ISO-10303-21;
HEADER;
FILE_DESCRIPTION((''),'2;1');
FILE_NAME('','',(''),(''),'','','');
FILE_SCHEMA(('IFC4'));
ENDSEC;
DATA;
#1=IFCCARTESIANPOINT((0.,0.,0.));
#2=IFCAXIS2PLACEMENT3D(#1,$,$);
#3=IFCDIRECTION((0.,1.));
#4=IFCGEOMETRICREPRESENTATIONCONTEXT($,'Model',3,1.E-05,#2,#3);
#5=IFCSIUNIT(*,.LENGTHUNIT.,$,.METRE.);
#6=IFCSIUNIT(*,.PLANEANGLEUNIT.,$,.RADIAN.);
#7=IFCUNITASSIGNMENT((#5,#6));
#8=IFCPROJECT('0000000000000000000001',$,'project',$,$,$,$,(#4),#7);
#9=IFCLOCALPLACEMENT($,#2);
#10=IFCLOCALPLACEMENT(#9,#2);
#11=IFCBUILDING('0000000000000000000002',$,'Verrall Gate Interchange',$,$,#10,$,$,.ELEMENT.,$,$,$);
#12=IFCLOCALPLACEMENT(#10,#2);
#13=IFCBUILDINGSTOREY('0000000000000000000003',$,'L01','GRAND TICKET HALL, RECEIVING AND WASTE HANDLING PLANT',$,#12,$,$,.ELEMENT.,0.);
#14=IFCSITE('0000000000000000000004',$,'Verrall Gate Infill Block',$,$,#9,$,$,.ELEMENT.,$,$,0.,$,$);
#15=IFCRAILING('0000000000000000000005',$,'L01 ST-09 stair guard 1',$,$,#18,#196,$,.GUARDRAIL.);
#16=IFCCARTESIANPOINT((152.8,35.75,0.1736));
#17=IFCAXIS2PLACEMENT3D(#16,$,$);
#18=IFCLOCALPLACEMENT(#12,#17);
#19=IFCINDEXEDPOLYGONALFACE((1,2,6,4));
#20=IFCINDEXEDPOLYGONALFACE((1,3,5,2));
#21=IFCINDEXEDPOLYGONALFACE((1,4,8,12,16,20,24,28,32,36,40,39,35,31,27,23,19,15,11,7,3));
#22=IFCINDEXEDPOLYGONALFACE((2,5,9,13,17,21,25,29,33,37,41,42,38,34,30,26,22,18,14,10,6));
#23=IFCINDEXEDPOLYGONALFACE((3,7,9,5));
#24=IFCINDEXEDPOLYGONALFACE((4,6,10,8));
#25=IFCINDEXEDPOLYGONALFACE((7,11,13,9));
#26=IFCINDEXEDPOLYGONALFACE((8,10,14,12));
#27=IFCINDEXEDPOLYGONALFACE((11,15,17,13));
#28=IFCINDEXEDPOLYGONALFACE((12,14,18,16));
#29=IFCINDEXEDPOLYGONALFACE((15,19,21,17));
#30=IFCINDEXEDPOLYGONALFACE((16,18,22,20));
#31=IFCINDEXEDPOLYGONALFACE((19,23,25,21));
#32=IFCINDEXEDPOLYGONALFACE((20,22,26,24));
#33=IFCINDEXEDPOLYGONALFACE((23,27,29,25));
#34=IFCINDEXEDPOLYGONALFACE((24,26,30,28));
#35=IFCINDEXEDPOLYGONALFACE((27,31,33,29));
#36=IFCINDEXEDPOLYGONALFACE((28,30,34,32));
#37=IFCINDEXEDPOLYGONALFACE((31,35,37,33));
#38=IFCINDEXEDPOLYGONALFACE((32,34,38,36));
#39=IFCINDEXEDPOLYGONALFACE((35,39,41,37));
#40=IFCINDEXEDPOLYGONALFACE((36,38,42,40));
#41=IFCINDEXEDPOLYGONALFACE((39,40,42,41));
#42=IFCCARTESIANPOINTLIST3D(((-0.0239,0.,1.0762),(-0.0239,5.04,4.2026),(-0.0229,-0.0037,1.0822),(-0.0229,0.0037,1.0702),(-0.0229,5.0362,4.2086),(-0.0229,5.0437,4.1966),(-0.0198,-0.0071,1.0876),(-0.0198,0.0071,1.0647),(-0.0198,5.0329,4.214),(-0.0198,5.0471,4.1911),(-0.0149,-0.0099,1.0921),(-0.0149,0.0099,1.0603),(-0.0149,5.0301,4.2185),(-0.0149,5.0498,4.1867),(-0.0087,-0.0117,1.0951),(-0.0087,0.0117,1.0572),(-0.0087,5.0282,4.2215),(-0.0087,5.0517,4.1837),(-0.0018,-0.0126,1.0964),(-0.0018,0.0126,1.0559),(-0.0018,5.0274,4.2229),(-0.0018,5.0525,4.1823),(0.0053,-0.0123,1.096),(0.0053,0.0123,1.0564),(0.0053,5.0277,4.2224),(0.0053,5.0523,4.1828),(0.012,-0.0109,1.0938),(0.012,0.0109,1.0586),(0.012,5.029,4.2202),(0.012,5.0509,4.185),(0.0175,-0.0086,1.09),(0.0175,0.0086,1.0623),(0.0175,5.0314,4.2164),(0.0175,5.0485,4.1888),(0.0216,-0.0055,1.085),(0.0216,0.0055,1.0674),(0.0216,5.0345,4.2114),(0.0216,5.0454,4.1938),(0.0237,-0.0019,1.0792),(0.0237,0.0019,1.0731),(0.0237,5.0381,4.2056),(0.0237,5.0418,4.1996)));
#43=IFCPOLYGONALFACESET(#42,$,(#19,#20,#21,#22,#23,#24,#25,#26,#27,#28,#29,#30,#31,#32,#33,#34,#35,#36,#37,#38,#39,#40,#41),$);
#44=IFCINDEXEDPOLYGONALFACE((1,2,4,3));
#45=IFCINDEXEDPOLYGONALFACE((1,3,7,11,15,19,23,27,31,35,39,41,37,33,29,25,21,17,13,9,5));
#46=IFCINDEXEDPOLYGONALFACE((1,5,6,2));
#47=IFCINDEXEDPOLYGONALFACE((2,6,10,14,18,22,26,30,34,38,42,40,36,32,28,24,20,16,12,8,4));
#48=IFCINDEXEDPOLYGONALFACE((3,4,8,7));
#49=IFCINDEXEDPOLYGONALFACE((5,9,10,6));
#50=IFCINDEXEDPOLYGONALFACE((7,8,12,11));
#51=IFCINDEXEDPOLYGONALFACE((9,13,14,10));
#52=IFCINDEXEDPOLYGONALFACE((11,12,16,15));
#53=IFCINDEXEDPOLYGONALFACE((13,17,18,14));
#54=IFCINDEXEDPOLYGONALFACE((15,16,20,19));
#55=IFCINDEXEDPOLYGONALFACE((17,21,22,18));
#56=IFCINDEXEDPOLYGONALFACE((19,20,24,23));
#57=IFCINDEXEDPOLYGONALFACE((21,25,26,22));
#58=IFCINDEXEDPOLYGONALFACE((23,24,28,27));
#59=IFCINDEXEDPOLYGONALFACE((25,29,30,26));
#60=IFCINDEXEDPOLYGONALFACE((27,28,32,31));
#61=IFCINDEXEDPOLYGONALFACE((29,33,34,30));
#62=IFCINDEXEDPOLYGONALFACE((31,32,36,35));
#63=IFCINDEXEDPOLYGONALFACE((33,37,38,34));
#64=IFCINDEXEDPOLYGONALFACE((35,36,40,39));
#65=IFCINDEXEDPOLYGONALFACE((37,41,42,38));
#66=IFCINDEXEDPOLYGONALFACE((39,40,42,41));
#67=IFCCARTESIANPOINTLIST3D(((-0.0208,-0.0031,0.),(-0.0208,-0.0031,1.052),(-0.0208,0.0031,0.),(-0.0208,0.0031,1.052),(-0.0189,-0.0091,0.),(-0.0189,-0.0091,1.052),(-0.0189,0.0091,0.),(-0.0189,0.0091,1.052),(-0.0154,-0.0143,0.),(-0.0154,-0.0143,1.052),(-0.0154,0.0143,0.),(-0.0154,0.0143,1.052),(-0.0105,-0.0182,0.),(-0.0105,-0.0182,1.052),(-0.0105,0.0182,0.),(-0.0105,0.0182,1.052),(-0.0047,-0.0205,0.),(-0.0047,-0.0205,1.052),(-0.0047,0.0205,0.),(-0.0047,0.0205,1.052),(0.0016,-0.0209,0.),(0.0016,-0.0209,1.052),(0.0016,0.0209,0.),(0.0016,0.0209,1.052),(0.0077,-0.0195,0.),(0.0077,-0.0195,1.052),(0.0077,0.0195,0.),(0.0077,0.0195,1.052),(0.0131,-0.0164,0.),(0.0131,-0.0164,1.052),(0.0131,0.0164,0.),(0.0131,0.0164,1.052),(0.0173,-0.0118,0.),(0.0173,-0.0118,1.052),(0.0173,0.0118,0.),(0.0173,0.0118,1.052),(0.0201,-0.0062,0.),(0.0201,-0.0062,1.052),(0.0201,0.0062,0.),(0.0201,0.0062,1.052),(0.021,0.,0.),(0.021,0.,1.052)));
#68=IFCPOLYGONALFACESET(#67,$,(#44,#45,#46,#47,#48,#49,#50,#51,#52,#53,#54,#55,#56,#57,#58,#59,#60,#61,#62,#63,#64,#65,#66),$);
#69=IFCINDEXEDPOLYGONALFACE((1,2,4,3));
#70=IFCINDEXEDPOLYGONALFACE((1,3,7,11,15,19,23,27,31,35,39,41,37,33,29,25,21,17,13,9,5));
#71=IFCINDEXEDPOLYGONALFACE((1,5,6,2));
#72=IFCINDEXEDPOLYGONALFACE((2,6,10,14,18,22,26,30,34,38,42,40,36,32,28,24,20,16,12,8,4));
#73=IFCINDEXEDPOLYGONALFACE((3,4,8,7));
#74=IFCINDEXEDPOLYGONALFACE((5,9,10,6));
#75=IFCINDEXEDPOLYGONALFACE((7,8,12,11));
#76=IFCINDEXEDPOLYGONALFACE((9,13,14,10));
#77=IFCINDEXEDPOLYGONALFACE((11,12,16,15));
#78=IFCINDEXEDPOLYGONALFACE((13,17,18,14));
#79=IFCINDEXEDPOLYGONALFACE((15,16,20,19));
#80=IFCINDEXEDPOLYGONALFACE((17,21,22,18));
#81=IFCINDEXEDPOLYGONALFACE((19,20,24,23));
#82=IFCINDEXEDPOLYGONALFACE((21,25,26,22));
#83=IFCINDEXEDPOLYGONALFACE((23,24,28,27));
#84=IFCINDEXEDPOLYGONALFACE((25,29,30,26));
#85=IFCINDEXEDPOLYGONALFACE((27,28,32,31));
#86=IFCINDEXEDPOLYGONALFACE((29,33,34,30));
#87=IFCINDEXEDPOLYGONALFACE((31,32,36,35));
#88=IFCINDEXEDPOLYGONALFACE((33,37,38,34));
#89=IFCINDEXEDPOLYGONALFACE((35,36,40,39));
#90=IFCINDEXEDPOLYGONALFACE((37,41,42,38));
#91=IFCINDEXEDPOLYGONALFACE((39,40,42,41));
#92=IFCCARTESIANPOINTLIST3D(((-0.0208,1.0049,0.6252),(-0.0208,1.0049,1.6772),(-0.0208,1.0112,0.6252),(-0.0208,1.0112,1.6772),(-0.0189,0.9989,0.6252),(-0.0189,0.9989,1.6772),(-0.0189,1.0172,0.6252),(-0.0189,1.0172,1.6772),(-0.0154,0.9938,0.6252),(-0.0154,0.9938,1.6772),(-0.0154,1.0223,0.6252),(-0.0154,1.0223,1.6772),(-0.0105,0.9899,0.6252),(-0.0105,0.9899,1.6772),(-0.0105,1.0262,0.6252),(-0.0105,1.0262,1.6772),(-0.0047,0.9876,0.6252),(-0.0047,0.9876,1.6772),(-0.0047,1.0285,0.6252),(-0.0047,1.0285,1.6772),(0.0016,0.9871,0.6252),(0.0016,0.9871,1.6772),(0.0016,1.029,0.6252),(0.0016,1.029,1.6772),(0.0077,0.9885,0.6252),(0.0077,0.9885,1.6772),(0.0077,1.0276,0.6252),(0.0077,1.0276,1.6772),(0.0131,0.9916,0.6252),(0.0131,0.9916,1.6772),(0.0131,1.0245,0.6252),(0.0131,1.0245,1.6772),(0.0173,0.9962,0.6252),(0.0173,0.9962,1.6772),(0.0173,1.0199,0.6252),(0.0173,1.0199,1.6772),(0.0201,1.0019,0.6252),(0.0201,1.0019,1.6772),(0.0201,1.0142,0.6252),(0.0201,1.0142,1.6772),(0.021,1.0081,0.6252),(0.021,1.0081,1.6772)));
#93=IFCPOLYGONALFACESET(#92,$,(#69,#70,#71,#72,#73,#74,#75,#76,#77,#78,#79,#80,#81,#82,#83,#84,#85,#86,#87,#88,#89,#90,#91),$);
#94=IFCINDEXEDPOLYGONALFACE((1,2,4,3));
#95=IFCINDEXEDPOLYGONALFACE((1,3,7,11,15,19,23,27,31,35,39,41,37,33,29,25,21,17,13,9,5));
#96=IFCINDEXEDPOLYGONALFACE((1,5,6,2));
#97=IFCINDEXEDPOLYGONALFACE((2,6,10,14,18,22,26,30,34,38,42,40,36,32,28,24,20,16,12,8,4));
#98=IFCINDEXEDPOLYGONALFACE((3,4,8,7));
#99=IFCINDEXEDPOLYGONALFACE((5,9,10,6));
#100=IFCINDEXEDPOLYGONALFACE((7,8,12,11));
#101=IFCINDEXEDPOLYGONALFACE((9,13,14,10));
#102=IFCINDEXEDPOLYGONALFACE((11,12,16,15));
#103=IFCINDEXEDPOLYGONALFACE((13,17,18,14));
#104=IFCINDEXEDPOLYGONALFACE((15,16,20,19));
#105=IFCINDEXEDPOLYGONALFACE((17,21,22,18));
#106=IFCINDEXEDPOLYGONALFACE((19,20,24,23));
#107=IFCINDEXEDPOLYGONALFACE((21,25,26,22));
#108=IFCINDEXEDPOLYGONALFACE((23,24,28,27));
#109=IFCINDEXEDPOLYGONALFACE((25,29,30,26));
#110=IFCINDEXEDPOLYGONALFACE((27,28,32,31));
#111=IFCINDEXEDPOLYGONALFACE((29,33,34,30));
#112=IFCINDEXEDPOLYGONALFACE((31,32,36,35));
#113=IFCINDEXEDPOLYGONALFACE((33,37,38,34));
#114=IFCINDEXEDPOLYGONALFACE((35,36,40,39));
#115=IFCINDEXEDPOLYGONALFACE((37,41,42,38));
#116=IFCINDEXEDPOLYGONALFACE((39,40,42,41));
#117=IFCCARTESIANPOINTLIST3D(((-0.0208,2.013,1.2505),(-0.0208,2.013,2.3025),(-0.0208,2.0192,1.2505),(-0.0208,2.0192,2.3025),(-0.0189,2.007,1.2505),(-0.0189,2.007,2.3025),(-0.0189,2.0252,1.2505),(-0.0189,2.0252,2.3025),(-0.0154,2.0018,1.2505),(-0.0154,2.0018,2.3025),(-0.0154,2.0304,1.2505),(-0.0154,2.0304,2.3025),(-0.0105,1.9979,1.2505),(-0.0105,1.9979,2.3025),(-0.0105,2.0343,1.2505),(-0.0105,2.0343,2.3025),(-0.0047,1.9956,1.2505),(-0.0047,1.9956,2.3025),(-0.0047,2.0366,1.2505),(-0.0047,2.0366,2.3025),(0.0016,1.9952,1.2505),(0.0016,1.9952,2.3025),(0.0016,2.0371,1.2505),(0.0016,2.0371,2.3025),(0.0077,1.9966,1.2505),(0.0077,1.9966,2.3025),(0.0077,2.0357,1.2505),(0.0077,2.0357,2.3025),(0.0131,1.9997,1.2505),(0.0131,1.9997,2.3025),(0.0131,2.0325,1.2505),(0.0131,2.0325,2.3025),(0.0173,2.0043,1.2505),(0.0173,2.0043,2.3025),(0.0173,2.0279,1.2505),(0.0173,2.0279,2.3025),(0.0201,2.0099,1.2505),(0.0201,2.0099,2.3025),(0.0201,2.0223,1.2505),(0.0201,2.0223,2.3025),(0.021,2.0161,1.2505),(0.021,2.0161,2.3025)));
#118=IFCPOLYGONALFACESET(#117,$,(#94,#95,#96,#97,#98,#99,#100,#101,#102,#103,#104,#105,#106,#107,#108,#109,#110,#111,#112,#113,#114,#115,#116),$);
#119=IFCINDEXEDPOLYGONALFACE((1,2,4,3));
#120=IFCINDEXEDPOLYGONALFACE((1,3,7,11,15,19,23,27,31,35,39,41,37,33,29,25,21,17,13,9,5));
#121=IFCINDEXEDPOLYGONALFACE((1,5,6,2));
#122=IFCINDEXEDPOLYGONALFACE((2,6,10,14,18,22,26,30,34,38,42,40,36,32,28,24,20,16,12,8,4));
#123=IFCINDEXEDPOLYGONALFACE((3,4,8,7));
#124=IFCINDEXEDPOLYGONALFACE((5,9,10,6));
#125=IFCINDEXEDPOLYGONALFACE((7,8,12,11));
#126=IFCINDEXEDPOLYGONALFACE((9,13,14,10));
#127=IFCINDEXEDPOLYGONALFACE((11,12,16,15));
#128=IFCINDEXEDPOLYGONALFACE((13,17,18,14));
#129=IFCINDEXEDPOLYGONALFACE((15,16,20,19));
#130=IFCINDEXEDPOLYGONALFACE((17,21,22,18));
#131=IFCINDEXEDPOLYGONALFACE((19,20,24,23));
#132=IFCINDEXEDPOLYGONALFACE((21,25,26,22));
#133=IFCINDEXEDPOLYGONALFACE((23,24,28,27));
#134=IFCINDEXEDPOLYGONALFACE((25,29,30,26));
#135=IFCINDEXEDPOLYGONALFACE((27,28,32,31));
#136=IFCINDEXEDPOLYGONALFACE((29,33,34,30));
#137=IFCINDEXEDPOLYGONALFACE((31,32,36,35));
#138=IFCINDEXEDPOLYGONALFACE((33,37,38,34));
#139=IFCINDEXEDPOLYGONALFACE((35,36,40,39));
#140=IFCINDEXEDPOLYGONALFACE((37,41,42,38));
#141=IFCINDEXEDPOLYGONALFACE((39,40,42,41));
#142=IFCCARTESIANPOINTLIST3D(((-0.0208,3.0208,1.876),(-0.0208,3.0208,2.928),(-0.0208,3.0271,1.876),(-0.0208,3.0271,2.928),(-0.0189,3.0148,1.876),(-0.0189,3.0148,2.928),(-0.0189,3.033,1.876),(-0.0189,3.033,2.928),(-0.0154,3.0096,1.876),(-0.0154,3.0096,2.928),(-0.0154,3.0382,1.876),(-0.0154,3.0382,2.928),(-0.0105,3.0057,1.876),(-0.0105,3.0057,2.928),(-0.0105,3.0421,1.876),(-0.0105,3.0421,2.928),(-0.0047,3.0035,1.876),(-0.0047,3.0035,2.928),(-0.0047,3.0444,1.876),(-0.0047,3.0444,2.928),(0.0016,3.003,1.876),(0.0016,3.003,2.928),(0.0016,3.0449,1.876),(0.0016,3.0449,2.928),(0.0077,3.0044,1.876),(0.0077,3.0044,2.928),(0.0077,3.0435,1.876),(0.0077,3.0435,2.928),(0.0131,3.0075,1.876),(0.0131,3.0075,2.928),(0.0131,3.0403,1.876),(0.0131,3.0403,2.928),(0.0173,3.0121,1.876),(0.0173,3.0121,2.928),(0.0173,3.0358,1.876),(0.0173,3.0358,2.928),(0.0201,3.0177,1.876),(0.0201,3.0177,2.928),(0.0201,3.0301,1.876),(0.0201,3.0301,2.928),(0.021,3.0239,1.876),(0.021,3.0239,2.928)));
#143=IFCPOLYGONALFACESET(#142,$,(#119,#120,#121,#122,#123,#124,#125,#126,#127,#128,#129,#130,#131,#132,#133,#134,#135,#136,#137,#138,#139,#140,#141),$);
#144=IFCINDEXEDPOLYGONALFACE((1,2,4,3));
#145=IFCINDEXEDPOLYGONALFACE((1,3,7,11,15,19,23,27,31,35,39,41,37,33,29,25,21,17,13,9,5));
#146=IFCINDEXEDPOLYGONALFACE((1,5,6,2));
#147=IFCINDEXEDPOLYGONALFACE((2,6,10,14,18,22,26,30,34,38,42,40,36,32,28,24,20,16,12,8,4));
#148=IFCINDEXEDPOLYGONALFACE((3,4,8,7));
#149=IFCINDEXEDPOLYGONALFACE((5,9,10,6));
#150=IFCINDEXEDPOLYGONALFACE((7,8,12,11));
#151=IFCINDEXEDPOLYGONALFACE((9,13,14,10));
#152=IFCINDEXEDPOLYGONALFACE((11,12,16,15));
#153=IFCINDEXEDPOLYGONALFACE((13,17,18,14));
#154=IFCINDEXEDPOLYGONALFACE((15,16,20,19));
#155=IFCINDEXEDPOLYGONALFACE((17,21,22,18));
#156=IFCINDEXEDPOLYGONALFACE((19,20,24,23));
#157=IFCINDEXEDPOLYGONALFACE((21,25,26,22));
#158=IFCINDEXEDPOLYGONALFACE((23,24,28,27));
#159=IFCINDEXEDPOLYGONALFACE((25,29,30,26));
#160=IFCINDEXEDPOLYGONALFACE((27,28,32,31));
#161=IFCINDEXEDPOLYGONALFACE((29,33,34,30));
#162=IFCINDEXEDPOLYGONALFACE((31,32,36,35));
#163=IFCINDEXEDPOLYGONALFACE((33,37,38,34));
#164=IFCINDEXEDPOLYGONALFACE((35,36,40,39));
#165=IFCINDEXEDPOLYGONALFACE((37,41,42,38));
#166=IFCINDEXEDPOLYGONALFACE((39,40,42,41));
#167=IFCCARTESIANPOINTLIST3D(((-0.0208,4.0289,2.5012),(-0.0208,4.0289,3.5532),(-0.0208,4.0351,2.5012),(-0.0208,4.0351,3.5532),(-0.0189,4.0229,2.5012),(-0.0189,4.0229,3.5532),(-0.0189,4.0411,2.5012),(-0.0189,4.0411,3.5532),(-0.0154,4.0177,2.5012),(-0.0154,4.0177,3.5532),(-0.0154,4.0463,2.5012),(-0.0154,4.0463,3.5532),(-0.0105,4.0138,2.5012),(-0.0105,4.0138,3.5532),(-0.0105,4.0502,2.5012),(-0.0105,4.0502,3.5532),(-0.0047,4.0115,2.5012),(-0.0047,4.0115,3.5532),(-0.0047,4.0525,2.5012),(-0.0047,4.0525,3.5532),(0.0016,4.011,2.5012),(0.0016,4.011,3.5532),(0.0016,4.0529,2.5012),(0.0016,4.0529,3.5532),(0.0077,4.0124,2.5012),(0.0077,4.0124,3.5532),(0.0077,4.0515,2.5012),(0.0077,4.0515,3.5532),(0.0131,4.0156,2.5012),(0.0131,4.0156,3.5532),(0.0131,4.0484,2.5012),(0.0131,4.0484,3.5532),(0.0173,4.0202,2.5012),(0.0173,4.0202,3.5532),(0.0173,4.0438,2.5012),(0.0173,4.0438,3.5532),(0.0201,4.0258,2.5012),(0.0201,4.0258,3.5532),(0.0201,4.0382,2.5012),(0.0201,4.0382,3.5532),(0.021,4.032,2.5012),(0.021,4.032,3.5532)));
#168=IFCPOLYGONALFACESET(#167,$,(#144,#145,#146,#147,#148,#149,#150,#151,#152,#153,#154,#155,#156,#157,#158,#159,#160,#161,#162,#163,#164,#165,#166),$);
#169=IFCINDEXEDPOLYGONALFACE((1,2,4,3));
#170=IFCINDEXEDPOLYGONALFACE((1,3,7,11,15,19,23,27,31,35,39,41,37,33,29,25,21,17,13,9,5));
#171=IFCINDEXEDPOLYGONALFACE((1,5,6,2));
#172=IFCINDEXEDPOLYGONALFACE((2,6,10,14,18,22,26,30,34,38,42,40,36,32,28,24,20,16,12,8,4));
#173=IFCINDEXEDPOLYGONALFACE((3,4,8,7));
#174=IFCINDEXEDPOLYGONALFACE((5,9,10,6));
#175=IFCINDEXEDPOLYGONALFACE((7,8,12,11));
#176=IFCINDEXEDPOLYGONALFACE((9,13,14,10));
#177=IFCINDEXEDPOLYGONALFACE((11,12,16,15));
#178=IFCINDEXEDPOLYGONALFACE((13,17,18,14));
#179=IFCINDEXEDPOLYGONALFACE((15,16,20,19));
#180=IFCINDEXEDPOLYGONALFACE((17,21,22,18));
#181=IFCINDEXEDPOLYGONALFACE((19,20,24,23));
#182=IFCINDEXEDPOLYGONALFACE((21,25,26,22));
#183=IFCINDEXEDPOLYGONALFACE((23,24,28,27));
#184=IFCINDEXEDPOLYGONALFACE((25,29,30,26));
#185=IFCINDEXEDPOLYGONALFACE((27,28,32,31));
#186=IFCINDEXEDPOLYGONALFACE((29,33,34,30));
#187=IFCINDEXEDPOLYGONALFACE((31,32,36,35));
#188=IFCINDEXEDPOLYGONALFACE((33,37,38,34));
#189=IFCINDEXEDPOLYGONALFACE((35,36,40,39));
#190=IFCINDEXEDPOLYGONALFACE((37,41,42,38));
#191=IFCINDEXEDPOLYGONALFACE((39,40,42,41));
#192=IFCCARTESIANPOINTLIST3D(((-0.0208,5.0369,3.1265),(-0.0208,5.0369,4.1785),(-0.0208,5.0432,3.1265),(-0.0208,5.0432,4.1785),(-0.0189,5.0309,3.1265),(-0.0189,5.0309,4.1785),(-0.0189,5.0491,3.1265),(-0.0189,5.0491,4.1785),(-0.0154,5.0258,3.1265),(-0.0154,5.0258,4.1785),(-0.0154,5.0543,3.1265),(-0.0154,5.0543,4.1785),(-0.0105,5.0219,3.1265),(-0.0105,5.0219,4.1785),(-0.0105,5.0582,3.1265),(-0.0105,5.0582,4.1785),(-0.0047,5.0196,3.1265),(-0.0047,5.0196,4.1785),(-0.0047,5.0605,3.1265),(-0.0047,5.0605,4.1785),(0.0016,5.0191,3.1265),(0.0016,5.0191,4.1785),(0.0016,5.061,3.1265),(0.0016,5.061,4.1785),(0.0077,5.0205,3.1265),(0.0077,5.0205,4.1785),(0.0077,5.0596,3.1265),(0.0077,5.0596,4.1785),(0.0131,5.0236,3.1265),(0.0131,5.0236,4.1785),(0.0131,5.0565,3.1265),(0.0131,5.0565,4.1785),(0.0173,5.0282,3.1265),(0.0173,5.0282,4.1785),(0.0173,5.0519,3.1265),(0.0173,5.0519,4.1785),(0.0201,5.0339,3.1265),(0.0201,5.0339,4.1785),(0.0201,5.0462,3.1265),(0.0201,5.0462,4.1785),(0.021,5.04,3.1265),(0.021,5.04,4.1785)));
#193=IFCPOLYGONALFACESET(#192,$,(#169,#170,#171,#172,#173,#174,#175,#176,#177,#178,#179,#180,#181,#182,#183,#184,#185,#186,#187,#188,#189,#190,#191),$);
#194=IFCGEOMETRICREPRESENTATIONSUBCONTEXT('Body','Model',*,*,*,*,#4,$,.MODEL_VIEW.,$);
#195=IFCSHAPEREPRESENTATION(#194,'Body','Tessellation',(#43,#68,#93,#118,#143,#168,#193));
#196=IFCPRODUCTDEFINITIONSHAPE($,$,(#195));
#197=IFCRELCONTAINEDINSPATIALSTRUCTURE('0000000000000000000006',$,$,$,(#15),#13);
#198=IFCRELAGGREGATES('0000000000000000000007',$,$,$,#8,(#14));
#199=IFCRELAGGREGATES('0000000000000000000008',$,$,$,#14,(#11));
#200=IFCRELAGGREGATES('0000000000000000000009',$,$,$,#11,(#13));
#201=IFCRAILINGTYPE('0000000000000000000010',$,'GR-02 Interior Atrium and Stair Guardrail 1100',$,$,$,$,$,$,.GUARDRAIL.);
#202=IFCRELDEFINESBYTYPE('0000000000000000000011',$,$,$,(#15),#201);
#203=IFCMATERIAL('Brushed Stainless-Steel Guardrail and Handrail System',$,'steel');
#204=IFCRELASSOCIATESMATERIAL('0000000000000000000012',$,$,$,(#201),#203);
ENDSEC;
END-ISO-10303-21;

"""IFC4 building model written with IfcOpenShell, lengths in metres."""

from ifc_helpers import new_model, si_unit, direction, frame, origin, origin_2d, place, context, subcontext, project, spatial, circle, extrude, material, type_object, element, save


model = new_model("IFC4")

# Units and contexts
model_context = context("Model", 3, precision=1e-05, world=origin(), true_north=direction((0.0, 1.0)))
body_context = subcontext(model_context, "Body", "Model", "MODEL_VIEW")
ifc_project = project(units=[si_unit("LENGTHUNIT", "METRE"), si_unit("PLANEANGLEUNIT", "RADIAN")], contexts=[model_context])

# Site, building, storey
site_placement = place(None, origin())
site = spatial("IfcSite", under=ifc_project, at=site_placement, Name="Verrall Gate Infill Block", CompositionType="ELEMENT", RefElevation=0.0)
building_placement = place(site_placement, origin())
building = spatial("IfcBuilding", under=site, at=building_placement, Name="Verrall Gate Interchange", CompositionType="ELEMENT")
storey_placement = place(building_placement, origin())
storey = spatial("IfcBuildingStorey", under=building, at=storey_placement, Name="L01", Description="GRAND TICKET HALL, RECEIVING AND WASTE HANDLING PLANT", CompositionType="ELEMENT", Elevation=0.0)

# Railing
ifc_material_1 = material(Name="Brushed Stainless-Steel Guardrail and Handrail System", Category="steel")
railing_type_1 = type_object("IfcRailingType", Name="GR-02 Interior Atrium and Stair Guardrail 1100", PredefinedType="GUARDRAIL", material=ifc_material_1)
railing_1_placement = place(storey_placement, frame((152.8, 35.75, 0.1736)))
element("IfcRailing", 1, at=railing_1_placement, inside=storey, type_object=railing_type_1, Name="L01 ST-09 stair guard 1", PredefinedType="GUARDRAIL", context=body_context, shape_type="SweptSolid", body=[
    extrude(circle(Radius=0.0239, at=origin_2d()), frame((0.0, 0.0, 1.0762), z_axis=(0.0, 0.849779, 0.527139), x_axis=(-1.0, 0.0, 0.0)), (0.0, 0.0, 1.0), 5.9309),
    extrude(circle(Radius=0.021, at=origin_2d()), origin(), (0.0, 0.0, 1.0), 1.052),
    extrude(circle(Radius=0.021, at=origin_2d()), frame((0.0, 1.0081, 0.6252)), (0.0, 0.0, 1.0), 1.052),
    extrude(circle(Radius=0.021, at=origin_2d()), frame((0.0, 2.0161, 1.2505)), (0.0, 0.0, 1.0), 1.052),
    extrude(circle(Radius=0.021, at=origin_2d()), frame((0.0, 3.0239, 1.876)), (0.0, 0.0, 1.0), 1.052),
    extrude(circle(Radius=0.021, at=origin_2d()), frame((0.0, 4.032, 2.5012)), (0.0, 0.0, 1.0), 1.052),
    extrude(circle(Radius=0.021, at=origin_2d()), frame((0.0, 5.04, 3.1265)), (0.0, 0.0, 1.0), 1.052),
])

save(model, "model.ifc")
